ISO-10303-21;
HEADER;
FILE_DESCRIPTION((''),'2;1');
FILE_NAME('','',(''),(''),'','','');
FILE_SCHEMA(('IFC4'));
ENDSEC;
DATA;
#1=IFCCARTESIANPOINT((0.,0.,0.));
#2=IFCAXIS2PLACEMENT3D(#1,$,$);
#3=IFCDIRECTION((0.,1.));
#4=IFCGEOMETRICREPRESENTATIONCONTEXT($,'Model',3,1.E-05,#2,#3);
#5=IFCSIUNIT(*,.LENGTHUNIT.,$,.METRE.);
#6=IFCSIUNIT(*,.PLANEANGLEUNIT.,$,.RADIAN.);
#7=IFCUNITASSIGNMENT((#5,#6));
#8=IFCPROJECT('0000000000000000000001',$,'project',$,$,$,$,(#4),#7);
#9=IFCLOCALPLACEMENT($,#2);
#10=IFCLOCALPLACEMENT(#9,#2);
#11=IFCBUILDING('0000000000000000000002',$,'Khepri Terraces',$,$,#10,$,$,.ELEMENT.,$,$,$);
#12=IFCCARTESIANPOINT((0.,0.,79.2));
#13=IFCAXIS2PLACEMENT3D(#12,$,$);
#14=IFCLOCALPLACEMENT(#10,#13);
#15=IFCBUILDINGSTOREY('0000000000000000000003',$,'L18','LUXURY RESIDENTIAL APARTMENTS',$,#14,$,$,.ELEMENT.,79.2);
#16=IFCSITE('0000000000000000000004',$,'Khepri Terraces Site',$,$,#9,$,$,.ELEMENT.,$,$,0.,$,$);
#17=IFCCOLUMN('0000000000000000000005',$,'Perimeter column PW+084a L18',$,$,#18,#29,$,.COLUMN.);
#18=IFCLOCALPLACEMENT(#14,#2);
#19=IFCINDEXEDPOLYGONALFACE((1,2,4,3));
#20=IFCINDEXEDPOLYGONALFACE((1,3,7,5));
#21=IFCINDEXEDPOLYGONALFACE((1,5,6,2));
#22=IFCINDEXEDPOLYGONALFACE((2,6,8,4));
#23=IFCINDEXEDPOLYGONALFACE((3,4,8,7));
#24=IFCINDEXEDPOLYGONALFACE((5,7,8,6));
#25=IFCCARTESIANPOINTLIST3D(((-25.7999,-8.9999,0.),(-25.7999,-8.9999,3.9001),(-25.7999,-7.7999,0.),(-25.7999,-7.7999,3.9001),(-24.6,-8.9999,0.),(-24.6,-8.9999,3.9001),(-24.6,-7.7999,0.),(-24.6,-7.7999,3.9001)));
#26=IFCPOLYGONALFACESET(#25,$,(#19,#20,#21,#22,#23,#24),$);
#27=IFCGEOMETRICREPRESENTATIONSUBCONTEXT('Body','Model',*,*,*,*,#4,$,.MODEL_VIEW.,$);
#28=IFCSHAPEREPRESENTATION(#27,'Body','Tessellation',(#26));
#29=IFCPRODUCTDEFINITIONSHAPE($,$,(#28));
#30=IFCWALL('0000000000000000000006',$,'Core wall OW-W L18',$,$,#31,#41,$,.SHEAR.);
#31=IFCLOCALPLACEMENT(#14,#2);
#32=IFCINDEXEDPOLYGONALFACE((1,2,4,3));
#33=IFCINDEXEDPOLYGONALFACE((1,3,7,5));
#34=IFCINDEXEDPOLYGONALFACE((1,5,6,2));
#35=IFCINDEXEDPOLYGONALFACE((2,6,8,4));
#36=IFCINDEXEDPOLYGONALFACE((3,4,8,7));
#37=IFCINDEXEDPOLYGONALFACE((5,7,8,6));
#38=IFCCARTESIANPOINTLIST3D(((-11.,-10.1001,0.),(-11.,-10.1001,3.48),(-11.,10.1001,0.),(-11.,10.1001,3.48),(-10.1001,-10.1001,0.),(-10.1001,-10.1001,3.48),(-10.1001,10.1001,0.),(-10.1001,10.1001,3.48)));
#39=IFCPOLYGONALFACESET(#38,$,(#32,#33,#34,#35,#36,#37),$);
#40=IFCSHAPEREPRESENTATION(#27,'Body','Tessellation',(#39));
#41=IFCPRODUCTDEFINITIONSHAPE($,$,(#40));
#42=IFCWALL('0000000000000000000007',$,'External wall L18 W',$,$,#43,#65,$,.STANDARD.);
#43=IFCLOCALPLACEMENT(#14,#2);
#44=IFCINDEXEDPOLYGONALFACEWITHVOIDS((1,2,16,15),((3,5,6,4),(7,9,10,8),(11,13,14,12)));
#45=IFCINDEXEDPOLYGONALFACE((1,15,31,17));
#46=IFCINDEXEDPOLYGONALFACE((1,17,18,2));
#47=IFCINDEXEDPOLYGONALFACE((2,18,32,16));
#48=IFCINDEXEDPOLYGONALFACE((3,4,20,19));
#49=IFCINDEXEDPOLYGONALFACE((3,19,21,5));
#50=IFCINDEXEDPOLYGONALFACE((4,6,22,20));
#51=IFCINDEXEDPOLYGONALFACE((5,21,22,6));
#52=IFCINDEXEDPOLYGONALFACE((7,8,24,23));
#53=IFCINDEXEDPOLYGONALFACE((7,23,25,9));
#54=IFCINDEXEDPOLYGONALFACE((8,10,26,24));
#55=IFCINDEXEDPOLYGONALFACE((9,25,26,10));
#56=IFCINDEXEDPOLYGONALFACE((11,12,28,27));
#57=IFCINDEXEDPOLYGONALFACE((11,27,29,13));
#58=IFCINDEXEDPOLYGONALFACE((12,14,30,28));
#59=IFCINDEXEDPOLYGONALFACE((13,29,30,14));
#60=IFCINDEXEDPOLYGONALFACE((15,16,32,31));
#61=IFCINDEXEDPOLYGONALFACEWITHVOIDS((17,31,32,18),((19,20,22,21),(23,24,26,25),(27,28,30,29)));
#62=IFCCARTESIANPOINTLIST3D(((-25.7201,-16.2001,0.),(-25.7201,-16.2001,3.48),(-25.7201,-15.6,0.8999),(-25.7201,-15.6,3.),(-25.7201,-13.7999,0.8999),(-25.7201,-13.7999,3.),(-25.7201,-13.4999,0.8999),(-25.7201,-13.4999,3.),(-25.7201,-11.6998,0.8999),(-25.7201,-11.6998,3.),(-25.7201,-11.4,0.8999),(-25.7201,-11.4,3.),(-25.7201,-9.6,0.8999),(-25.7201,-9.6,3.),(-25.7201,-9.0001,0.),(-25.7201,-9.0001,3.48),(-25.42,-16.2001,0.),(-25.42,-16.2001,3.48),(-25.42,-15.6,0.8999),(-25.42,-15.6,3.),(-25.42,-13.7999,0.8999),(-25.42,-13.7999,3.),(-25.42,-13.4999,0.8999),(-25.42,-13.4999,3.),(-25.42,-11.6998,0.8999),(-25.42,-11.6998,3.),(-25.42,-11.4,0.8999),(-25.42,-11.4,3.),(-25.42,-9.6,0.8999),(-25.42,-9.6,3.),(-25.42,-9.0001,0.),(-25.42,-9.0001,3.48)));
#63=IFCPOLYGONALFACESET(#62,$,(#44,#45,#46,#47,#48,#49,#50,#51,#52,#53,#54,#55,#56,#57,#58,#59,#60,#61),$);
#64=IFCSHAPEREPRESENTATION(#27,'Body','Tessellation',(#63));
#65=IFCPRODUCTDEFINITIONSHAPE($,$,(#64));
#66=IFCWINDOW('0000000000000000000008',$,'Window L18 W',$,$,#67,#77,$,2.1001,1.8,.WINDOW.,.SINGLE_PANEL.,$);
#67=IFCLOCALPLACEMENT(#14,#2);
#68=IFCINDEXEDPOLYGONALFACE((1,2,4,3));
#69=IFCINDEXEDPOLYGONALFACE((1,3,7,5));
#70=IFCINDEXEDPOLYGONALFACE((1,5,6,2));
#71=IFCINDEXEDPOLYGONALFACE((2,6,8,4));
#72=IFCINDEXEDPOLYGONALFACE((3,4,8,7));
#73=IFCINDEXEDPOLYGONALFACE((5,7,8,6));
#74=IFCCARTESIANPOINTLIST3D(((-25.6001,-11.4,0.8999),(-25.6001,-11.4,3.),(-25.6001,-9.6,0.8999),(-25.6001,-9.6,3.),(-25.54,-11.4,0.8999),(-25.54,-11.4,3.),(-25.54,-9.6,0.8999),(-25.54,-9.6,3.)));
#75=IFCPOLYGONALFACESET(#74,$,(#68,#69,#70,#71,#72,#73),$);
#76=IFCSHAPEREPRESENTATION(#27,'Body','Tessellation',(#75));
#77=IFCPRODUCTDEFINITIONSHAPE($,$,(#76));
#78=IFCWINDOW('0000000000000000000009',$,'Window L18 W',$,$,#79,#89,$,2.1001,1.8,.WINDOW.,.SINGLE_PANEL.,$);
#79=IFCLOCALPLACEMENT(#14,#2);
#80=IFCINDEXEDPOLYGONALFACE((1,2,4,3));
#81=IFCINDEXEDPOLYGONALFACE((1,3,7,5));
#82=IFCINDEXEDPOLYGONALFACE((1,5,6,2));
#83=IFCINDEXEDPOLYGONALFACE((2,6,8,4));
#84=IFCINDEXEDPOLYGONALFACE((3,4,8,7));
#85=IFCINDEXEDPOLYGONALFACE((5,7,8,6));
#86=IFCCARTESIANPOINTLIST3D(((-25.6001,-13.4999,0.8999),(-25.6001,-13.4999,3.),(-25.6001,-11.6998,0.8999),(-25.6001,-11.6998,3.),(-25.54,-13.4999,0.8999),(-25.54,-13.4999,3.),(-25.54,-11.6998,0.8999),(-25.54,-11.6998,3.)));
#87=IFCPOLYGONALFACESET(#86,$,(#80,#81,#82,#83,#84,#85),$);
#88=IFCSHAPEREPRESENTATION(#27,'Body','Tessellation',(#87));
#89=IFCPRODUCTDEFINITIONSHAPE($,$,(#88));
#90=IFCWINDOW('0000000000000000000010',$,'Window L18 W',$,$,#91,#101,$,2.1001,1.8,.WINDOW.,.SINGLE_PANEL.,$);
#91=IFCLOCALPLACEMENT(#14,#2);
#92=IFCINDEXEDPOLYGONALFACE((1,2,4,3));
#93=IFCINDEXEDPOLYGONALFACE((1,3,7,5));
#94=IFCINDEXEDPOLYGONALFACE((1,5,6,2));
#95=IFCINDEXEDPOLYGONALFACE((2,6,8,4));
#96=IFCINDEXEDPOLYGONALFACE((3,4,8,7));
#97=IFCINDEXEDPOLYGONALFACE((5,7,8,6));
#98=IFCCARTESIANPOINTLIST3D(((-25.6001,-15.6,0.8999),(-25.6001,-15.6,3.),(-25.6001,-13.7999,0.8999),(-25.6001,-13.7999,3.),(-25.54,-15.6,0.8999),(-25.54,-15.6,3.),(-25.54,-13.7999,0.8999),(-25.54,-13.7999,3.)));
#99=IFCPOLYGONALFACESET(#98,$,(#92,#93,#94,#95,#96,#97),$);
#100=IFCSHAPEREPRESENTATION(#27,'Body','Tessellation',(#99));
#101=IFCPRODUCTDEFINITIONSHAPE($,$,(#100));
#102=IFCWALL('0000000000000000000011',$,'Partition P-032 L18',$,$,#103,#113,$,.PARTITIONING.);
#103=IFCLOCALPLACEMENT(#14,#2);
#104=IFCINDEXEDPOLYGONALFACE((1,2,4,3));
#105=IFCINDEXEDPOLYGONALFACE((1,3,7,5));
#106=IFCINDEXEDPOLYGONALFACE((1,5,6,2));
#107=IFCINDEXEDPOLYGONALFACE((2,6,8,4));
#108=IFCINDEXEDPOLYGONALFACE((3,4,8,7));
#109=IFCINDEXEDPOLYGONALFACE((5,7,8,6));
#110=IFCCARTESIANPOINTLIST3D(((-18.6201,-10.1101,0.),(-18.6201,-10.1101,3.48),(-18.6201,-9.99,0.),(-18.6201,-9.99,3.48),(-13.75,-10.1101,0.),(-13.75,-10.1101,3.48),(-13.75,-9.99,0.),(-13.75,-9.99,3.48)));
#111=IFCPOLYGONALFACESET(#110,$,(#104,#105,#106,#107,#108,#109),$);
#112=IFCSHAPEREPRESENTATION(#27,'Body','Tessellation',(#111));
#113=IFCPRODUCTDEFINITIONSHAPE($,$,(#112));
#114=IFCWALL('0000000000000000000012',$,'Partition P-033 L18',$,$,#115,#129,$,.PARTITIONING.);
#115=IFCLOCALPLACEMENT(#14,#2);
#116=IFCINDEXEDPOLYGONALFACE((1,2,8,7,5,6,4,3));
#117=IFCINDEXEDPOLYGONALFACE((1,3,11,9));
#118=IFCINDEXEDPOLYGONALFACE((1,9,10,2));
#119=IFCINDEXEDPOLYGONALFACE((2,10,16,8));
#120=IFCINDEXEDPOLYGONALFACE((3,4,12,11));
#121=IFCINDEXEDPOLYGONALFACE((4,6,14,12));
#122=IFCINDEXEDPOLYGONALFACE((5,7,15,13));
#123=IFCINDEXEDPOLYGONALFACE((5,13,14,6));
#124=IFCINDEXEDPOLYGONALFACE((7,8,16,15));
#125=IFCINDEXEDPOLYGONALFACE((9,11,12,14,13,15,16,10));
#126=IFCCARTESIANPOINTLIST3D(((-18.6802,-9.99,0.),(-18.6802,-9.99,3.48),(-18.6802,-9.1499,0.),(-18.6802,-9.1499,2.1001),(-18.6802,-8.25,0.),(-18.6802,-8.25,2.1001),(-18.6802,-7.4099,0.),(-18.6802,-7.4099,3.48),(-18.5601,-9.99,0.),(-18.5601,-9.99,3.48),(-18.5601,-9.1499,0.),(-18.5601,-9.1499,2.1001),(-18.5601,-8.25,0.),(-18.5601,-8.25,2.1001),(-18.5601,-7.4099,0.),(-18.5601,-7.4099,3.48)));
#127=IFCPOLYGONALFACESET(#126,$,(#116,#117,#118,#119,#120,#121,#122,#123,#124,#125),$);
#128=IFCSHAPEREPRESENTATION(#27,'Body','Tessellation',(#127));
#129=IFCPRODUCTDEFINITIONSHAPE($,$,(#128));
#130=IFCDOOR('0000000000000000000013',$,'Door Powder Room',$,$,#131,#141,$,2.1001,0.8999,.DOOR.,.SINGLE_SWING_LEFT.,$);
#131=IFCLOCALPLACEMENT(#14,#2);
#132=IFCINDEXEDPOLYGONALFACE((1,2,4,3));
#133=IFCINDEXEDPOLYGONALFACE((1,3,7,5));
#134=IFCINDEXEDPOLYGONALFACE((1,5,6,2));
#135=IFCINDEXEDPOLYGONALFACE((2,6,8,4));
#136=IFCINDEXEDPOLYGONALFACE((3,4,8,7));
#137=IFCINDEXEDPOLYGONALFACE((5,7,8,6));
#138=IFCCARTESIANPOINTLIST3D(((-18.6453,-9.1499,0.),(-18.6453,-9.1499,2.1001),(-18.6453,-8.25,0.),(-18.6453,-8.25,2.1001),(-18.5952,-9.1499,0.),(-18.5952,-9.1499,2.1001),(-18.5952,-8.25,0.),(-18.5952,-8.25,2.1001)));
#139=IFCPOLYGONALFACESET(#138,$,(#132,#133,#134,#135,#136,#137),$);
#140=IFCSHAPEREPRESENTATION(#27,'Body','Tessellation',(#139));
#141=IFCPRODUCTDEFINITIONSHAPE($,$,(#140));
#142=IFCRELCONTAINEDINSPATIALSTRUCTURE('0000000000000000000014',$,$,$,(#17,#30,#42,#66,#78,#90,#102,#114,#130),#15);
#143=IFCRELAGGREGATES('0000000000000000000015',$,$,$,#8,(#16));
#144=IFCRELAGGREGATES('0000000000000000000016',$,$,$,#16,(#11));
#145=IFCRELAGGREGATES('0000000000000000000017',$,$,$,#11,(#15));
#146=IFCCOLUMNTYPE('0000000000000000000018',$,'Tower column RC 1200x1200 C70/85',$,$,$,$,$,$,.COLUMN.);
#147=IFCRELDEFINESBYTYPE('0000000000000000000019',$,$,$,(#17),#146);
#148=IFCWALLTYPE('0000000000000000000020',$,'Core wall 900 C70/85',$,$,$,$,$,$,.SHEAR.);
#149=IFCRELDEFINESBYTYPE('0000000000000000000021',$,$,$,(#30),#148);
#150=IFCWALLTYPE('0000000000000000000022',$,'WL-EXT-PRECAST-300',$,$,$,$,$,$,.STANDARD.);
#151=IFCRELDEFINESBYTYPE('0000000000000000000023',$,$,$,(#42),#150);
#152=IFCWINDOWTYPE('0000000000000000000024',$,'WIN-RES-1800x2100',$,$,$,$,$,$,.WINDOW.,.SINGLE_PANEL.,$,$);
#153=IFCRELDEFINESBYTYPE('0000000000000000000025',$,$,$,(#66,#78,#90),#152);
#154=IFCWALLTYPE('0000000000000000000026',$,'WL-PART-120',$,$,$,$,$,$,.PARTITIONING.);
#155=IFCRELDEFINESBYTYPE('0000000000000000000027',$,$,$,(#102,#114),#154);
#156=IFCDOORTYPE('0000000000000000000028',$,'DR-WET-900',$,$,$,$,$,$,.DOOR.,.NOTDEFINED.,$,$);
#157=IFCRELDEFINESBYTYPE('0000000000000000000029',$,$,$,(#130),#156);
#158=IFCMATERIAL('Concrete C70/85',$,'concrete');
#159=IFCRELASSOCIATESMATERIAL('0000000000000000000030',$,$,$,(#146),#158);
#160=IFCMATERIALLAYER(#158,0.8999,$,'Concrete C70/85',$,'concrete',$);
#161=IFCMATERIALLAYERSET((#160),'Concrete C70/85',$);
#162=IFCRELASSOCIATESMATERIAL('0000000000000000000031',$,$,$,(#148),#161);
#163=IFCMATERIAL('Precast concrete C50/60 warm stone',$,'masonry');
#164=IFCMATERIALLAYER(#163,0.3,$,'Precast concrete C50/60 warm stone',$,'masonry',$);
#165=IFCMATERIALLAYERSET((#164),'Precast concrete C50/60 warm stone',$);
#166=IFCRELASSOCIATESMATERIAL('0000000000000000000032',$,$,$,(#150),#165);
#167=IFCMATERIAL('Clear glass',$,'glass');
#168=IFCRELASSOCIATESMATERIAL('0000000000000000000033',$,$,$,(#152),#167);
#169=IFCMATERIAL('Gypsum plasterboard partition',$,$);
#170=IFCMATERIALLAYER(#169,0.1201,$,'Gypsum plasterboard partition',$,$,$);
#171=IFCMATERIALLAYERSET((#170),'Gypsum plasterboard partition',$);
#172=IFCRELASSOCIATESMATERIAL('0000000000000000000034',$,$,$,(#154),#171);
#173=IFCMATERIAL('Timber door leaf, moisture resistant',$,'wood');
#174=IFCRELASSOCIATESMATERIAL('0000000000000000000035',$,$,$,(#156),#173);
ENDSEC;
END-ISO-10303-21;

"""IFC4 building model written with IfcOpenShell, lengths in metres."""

from ifc_helpers import new_model, si_unit, direction, frame, frame_2d, origin, origin_2d, place, context, subcontext, project, spatial, rectangle, extrude, material, layer, layer_set, material_profile, profile_set, type_object, element, fill, save


model = new_model("IFC4")

# Units and contexts
model_context = context("Model", 3, precision=1e-05, world=origin(), true_north=direction((0.0, 1.0)))
body_context = subcontext(model_context, "Body", "Model", "MODEL_VIEW")
ifc_project = project(units=[si_unit("LENGTHUNIT", "METRE"), si_unit("PLANEANGLEUNIT", "RADIAN")], contexts=[model_context])

# Site, building, storey
site_placement = place(None, origin())
site = spatial("IfcSite", under=ifc_project, at=site_placement, Name="Khepri Terraces Site", CompositionType="ELEMENT", RefElevation=0.0)
building_placement = place(site_placement, origin())
building = spatial("IfcBuilding", under=site, at=building_placement, Name="Khepri Terraces", CompositionType="ELEMENT")
storey_placement = place(building_placement, frame((0.0, 0.0, 79.2)))
storey = spatial("IfcBuildingStorey", under=building, at=storey_placement, Name="L18", Description="LUXURY RESIDENTIAL APARTMENTS", CompositionType="ELEMENT", Elevation=79.2)

# Column
ifc_material_1 = material(Name="Concrete C70/85", Category="concrete")
ifc_material_profile = material_profile(ifc_material_1, rectangle(XDim=1.2, YDim=1.2, at=origin_2d()), Name="Concrete C70/85", Category="concrete")
ifc_profile_set = profile_set([ifc_material_profile], Name="Concrete C70/85")
column_type = type_object("IfcColumnType", Name="Tower column RC 1200x1200 C70/85", PredefinedType="COLUMN", material=ifc_profile_set)
column_placement = place(storey_placement, frame((-25.2, -8.3999, 0.0), z_axis=(0.0, 0.0, 1.0), x_axis=(1.0, 0.0, 0.0)))
element("IfcColumn", 1, at=column_placement, inside=storey, type_object=column_type, Name="Perimeter column PW+084a L18", PredefinedType="COLUMN", context=body_context, shape_type="SweptSolid", body=[
    extrude(rectangle(XDim=1.2, YDim=1.2, at=origin_2d()), origin(), (0.0, 0.0, 1.0), 3.9001),
])

# Wall
ifc_layer_1 = layer(ifc_material_1, 0.8999, Name="Concrete C70/85", Category="concrete")
ifc_layer_set_1 = layer_set([ifc_layer_1], Name="Concrete C70/85")
wall_type_1 = type_object("IfcWallType", Name="Core wall 900 C70/85", PredefinedType="SHEAR", material=ifc_layer_set_1)
wall_1_placement = place(storey_placement, frame((-10.55, -10.1001, 0.0), z_axis=(0.0, 0.0, 1.0), x_axis=(0.0, 1.0, 0.0)))
element("IfcWall", 2, at=wall_1_placement, inside=storey, type_object=wall_type_1, Name="Core wall OW-W L18", PredefinedType="SHEAR", context=body_context, shape_type="SweptSolid", body=[
    extrude(rectangle(XDim=20.2002, YDim=0.8999, at=frame_2d((10.1001, 0.0))), origin(), (0.0, 0.0, 1.0), 3.48),
])

# Shared definitions
ifc_material_2 = material(Name="Precast concrete C50/60 warm stone", Category="masonry")
ifc_layer_2 = layer(ifc_material_2, 0.3, Name="Precast concrete C50/60 warm stone", Category="masonry")
ifc_layer_set_2 = layer_set([ifc_layer_2], Name="Precast concrete C50/60 warm stone")
wall_type_2 = type_object("IfcWallType", Name="WL-EXT-PRECAST-300", PredefinedType="STANDARD", material=ifc_layer_set_2)

# Wall, openings, windows
wall_2_placement = place(storey_placement, frame((-25.5701, -9.0, 0.0), z_axis=(0.0, 0.0, 1.0), x_axis=(0.0, -1.0, 0.0)))
wall_2 = element("IfcWall", 3, at=wall_2_placement, inside=storey, type_object=wall_type_2, Name="External wall L18 W", PredefinedType="STANDARD", context=body_context, shape_type="SweptSolid", body=[
    extrude(rectangle(XDim=7.2, YDim=0.3, at=frame_2d((3.6001, 0.0))), origin(), (0.0, 0.0, 1.0), 3.48),
])
opening_1_placement = place(wall_2_placement, frame((0.6001, 0.0, 0.8999)))
opening_1 = element("IfcOpeningElement", 4, at=opening_1_placement, cuts=wall_2, PredefinedType="OPENING", context=body_context, shape_type="SweptSolid", body=[
    extrude(rectangle(XDim=1.8, YDim=2.1001, at=frame_2d((0.8999, 1.05))), frame((0.0, 0.1602, 0.0), z_axis=(0.0, -1.0, 0.0), x_axis=(1.0, 0.0, 0.0)), (0.0, 0.0, 1.0), 0.3201),
])
opening_2_placement = place(wall_2_placement, frame((2.7, 0.0, 0.8999)))
opening_2 = element("IfcOpeningElement", 5, at=opening_2_placement, cuts=wall_2, PredefinedType="OPENING", context=body_context, shape_type="SweptSolid", body=[
    extrude(rectangle(XDim=1.8, YDim=2.1001, at=frame_2d((0.8999, 1.05))), frame((0.0, 0.1602, 0.0), z_axis=(0.0, -1.0, 0.0), x_axis=(1.0, 0.0, 0.0)), (0.0, 0.0, 1.0), 0.3201),
])
opening_3_placement = place(wall_2_placement, frame((4.8, 0.0, 0.8999)))
opening_3 = element("IfcOpeningElement", 6, at=opening_3_placement, cuts=wall_2, PredefinedType="OPENING", context=body_context, shape_type="SweptSolid", body=[
    extrude(rectangle(XDim=1.8, YDim=2.1001, at=frame_2d((0.8999, 1.05))), frame((0.0, 0.1602, 0.0), z_axis=(0.0, -1.0, 0.0), x_axis=(1.0, 0.0, 0.0)), (0.0, 0.0, 1.0), 0.3201),
])
ifc_material_3 = material(Name="Clear glass", Category="glass")
window_type = type_object("IfcWindowType", Name="WIN-RES-1800x2100", PartitioningType="SINGLE_PANEL", PredefinedType="WINDOW", material=ifc_material_3)
window_1_placement = place(opening_1_placement, origin())
window_1 = element("IfcWindow", 7, at=window_1_placement, inside=storey, type_object=window_type, Name="Window L18 W", OverallHeight=2.1001, OverallWidth=1.8, PartitioningType="SINGLE_PANEL", PredefinedType="WINDOW", context=body_context, shape_type="SweptSolid", body=[
    extrude(rectangle(XDim=1.8, YDim=2.1001, at=frame_2d((0.8999, 1.05))), frame((0.0, 0.03, 0.0), z_axis=(0.0, -1.0, 0.0), x_axis=(1.0, 0.0, 0.0)), (0.0, 0.0, 1.0), 0.0601),
])
fill(opening_1, window_1)
window_2_placement = place(opening_2_placement, origin())
window_2 = element("IfcWindow", 8, at=window_2_placement, inside=storey, type_object=window_type, Name="Window L18 W", OverallHeight=2.1001, OverallWidth=1.8, PartitioningType="SINGLE_PANEL", PredefinedType="WINDOW", context=body_context, shape_type="SweptSolid", body=[
    extrude(rectangle(XDim=1.8, YDim=2.1001, at=frame_2d((0.8999, 1.05))), frame((0.0, 0.03, 0.0), z_axis=(0.0, -1.0, 0.0), x_axis=(1.0, 0.0, 0.0)), (0.0, 0.0, 1.0), 0.0601),
])
fill(opening_2, window_2)
window_3_placement = place(opening_3_placement, origin())
window_3 = element("IfcWindow", 9, at=window_3_placement, inside=storey, type_object=window_type, Name="Window L18 W", OverallHeight=2.1001, OverallWidth=1.8, PartitioningType="SINGLE_PANEL", PredefinedType="WINDOW", context=body_context, shape_type="SweptSolid", body=[
    extrude(rectangle(XDim=1.8, YDim=2.1001, at=frame_2d((0.8999, 1.05))), frame((0.0, 0.03, 0.0), z_axis=(0.0, -1.0, 0.0), x_axis=(1.0, 0.0, 0.0)), (0.0, 0.0, 1.0), 0.0601),
])
fill(opening_3, window_3)

# Wall
ifc_material_4 = material(Name="Gypsum plasterboard partition")
ifc_layer_3 = layer(ifc_material_4, 0.1201, Name="Gypsum plasterboard partition")
ifc_layer_set_3 = layer_set([ifc_layer_3], Name="Gypsum plasterboard partition")
wall_type_3 = type_object("IfcWallType", Name="WL-PART-120", PredefinedType="PARTITIONING", material=ifc_layer_set_3)
wall_3_placement = place(storey_placement, frame((-18.6201, -10.05, 0.0), z_axis=(0.0, 0.0, 1.0), x_axis=(1.0, 0.0, 0.0)))
element("IfcWall", 10, at=wall_3_placement, inside=storey, type_object=wall_type_3, Name="Partition P-032 L18", PredefinedType="PARTITIONING", context=body_context, shape_type="SweptSolid", body=[
    extrude(rectangle(XDim=4.8701, YDim=0.1201, at=frame_2d((2.4351, 0.0))), origin(), (0.0, 0.0, 1.0), 3.48),
])

# Wall, opening, door
wall_4_placement = place(storey_placement, frame((-18.6201, -9.99, 0.0), z_axis=(0.0, 0.0, 1.0), x_axis=(0.0, 1.0, 0.0)))
wall_4 = element("IfcWall", 11, at=wall_4_placement, inside=storey, type_object=wall_type_3, Name="Partition P-033 L18", PredefinedType="PARTITIONING", context=body_context, shape_type="SweptSolid", body=[
    extrude(rectangle(XDim=2.5801, YDim=0.1201, at=frame_2d((1.29, 0.0))), origin(), (0.0, 0.0, 1.0), 3.48),
])
opening_4_placement = place(wall_4_placement, frame((0.8401, 0.0, 0.0)))
opening_4 = element("IfcOpeningElement", 12, at=opening_4_placement, cuts=wall_4, PredefinedType="OPENING", context=body_context, shape_type="SweptSolid", body=[
    extrude(rectangle(XDim=0.8999, YDim=2.1001, at=frame_2d((0.45, 1.05))), frame((0.0, 0.0701, 0.0), z_axis=(0.0, -1.0, 0.0), x_axis=(1.0, 0.0, 0.0)), (0.0, 0.0, 1.0), 0.1401),
])
ifc_material_5 = material(Name="Timber door leaf, moisture resistant", Category="wood")
door_type_1 = type_object("IfcDoorType", Name="DR-WET-900", OperationType="NOTDEFINED", PredefinedType="DOOR", material=ifc_material_5)
door_1_placement = place(opening_4_placement, frame((0.8999, 0.0, 0.0), z_axis=(0.0, 0.0, 1.0), x_axis=(-1.0, 0.0, 0.0)))
door_1 = element("IfcDoor", 13, at=door_1_placement, inside=storey, type_object=door_type_1, Name="Door Powder Room", OperationType="SINGLE_SWING_LEFT", OverallHeight=2.1001, OverallWidth=0.8999, PredefinedType="DOOR", context=body_context, shape_type="SweptSolid", body=[
    extrude(rectangle(XDim=0.8999, YDim=2.1001, at=frame_2d((0.45, 1.05))), frame((0.0, 0.0249, 0.0), z_axis=(0.0, -1.0, 0.0), x_axis=(1.0, 0.0, 0.0)), (0.0, 0.0, 1.0), 0.05),
])
fill(opening_4, door_1)

save(model, "model.ifc")
